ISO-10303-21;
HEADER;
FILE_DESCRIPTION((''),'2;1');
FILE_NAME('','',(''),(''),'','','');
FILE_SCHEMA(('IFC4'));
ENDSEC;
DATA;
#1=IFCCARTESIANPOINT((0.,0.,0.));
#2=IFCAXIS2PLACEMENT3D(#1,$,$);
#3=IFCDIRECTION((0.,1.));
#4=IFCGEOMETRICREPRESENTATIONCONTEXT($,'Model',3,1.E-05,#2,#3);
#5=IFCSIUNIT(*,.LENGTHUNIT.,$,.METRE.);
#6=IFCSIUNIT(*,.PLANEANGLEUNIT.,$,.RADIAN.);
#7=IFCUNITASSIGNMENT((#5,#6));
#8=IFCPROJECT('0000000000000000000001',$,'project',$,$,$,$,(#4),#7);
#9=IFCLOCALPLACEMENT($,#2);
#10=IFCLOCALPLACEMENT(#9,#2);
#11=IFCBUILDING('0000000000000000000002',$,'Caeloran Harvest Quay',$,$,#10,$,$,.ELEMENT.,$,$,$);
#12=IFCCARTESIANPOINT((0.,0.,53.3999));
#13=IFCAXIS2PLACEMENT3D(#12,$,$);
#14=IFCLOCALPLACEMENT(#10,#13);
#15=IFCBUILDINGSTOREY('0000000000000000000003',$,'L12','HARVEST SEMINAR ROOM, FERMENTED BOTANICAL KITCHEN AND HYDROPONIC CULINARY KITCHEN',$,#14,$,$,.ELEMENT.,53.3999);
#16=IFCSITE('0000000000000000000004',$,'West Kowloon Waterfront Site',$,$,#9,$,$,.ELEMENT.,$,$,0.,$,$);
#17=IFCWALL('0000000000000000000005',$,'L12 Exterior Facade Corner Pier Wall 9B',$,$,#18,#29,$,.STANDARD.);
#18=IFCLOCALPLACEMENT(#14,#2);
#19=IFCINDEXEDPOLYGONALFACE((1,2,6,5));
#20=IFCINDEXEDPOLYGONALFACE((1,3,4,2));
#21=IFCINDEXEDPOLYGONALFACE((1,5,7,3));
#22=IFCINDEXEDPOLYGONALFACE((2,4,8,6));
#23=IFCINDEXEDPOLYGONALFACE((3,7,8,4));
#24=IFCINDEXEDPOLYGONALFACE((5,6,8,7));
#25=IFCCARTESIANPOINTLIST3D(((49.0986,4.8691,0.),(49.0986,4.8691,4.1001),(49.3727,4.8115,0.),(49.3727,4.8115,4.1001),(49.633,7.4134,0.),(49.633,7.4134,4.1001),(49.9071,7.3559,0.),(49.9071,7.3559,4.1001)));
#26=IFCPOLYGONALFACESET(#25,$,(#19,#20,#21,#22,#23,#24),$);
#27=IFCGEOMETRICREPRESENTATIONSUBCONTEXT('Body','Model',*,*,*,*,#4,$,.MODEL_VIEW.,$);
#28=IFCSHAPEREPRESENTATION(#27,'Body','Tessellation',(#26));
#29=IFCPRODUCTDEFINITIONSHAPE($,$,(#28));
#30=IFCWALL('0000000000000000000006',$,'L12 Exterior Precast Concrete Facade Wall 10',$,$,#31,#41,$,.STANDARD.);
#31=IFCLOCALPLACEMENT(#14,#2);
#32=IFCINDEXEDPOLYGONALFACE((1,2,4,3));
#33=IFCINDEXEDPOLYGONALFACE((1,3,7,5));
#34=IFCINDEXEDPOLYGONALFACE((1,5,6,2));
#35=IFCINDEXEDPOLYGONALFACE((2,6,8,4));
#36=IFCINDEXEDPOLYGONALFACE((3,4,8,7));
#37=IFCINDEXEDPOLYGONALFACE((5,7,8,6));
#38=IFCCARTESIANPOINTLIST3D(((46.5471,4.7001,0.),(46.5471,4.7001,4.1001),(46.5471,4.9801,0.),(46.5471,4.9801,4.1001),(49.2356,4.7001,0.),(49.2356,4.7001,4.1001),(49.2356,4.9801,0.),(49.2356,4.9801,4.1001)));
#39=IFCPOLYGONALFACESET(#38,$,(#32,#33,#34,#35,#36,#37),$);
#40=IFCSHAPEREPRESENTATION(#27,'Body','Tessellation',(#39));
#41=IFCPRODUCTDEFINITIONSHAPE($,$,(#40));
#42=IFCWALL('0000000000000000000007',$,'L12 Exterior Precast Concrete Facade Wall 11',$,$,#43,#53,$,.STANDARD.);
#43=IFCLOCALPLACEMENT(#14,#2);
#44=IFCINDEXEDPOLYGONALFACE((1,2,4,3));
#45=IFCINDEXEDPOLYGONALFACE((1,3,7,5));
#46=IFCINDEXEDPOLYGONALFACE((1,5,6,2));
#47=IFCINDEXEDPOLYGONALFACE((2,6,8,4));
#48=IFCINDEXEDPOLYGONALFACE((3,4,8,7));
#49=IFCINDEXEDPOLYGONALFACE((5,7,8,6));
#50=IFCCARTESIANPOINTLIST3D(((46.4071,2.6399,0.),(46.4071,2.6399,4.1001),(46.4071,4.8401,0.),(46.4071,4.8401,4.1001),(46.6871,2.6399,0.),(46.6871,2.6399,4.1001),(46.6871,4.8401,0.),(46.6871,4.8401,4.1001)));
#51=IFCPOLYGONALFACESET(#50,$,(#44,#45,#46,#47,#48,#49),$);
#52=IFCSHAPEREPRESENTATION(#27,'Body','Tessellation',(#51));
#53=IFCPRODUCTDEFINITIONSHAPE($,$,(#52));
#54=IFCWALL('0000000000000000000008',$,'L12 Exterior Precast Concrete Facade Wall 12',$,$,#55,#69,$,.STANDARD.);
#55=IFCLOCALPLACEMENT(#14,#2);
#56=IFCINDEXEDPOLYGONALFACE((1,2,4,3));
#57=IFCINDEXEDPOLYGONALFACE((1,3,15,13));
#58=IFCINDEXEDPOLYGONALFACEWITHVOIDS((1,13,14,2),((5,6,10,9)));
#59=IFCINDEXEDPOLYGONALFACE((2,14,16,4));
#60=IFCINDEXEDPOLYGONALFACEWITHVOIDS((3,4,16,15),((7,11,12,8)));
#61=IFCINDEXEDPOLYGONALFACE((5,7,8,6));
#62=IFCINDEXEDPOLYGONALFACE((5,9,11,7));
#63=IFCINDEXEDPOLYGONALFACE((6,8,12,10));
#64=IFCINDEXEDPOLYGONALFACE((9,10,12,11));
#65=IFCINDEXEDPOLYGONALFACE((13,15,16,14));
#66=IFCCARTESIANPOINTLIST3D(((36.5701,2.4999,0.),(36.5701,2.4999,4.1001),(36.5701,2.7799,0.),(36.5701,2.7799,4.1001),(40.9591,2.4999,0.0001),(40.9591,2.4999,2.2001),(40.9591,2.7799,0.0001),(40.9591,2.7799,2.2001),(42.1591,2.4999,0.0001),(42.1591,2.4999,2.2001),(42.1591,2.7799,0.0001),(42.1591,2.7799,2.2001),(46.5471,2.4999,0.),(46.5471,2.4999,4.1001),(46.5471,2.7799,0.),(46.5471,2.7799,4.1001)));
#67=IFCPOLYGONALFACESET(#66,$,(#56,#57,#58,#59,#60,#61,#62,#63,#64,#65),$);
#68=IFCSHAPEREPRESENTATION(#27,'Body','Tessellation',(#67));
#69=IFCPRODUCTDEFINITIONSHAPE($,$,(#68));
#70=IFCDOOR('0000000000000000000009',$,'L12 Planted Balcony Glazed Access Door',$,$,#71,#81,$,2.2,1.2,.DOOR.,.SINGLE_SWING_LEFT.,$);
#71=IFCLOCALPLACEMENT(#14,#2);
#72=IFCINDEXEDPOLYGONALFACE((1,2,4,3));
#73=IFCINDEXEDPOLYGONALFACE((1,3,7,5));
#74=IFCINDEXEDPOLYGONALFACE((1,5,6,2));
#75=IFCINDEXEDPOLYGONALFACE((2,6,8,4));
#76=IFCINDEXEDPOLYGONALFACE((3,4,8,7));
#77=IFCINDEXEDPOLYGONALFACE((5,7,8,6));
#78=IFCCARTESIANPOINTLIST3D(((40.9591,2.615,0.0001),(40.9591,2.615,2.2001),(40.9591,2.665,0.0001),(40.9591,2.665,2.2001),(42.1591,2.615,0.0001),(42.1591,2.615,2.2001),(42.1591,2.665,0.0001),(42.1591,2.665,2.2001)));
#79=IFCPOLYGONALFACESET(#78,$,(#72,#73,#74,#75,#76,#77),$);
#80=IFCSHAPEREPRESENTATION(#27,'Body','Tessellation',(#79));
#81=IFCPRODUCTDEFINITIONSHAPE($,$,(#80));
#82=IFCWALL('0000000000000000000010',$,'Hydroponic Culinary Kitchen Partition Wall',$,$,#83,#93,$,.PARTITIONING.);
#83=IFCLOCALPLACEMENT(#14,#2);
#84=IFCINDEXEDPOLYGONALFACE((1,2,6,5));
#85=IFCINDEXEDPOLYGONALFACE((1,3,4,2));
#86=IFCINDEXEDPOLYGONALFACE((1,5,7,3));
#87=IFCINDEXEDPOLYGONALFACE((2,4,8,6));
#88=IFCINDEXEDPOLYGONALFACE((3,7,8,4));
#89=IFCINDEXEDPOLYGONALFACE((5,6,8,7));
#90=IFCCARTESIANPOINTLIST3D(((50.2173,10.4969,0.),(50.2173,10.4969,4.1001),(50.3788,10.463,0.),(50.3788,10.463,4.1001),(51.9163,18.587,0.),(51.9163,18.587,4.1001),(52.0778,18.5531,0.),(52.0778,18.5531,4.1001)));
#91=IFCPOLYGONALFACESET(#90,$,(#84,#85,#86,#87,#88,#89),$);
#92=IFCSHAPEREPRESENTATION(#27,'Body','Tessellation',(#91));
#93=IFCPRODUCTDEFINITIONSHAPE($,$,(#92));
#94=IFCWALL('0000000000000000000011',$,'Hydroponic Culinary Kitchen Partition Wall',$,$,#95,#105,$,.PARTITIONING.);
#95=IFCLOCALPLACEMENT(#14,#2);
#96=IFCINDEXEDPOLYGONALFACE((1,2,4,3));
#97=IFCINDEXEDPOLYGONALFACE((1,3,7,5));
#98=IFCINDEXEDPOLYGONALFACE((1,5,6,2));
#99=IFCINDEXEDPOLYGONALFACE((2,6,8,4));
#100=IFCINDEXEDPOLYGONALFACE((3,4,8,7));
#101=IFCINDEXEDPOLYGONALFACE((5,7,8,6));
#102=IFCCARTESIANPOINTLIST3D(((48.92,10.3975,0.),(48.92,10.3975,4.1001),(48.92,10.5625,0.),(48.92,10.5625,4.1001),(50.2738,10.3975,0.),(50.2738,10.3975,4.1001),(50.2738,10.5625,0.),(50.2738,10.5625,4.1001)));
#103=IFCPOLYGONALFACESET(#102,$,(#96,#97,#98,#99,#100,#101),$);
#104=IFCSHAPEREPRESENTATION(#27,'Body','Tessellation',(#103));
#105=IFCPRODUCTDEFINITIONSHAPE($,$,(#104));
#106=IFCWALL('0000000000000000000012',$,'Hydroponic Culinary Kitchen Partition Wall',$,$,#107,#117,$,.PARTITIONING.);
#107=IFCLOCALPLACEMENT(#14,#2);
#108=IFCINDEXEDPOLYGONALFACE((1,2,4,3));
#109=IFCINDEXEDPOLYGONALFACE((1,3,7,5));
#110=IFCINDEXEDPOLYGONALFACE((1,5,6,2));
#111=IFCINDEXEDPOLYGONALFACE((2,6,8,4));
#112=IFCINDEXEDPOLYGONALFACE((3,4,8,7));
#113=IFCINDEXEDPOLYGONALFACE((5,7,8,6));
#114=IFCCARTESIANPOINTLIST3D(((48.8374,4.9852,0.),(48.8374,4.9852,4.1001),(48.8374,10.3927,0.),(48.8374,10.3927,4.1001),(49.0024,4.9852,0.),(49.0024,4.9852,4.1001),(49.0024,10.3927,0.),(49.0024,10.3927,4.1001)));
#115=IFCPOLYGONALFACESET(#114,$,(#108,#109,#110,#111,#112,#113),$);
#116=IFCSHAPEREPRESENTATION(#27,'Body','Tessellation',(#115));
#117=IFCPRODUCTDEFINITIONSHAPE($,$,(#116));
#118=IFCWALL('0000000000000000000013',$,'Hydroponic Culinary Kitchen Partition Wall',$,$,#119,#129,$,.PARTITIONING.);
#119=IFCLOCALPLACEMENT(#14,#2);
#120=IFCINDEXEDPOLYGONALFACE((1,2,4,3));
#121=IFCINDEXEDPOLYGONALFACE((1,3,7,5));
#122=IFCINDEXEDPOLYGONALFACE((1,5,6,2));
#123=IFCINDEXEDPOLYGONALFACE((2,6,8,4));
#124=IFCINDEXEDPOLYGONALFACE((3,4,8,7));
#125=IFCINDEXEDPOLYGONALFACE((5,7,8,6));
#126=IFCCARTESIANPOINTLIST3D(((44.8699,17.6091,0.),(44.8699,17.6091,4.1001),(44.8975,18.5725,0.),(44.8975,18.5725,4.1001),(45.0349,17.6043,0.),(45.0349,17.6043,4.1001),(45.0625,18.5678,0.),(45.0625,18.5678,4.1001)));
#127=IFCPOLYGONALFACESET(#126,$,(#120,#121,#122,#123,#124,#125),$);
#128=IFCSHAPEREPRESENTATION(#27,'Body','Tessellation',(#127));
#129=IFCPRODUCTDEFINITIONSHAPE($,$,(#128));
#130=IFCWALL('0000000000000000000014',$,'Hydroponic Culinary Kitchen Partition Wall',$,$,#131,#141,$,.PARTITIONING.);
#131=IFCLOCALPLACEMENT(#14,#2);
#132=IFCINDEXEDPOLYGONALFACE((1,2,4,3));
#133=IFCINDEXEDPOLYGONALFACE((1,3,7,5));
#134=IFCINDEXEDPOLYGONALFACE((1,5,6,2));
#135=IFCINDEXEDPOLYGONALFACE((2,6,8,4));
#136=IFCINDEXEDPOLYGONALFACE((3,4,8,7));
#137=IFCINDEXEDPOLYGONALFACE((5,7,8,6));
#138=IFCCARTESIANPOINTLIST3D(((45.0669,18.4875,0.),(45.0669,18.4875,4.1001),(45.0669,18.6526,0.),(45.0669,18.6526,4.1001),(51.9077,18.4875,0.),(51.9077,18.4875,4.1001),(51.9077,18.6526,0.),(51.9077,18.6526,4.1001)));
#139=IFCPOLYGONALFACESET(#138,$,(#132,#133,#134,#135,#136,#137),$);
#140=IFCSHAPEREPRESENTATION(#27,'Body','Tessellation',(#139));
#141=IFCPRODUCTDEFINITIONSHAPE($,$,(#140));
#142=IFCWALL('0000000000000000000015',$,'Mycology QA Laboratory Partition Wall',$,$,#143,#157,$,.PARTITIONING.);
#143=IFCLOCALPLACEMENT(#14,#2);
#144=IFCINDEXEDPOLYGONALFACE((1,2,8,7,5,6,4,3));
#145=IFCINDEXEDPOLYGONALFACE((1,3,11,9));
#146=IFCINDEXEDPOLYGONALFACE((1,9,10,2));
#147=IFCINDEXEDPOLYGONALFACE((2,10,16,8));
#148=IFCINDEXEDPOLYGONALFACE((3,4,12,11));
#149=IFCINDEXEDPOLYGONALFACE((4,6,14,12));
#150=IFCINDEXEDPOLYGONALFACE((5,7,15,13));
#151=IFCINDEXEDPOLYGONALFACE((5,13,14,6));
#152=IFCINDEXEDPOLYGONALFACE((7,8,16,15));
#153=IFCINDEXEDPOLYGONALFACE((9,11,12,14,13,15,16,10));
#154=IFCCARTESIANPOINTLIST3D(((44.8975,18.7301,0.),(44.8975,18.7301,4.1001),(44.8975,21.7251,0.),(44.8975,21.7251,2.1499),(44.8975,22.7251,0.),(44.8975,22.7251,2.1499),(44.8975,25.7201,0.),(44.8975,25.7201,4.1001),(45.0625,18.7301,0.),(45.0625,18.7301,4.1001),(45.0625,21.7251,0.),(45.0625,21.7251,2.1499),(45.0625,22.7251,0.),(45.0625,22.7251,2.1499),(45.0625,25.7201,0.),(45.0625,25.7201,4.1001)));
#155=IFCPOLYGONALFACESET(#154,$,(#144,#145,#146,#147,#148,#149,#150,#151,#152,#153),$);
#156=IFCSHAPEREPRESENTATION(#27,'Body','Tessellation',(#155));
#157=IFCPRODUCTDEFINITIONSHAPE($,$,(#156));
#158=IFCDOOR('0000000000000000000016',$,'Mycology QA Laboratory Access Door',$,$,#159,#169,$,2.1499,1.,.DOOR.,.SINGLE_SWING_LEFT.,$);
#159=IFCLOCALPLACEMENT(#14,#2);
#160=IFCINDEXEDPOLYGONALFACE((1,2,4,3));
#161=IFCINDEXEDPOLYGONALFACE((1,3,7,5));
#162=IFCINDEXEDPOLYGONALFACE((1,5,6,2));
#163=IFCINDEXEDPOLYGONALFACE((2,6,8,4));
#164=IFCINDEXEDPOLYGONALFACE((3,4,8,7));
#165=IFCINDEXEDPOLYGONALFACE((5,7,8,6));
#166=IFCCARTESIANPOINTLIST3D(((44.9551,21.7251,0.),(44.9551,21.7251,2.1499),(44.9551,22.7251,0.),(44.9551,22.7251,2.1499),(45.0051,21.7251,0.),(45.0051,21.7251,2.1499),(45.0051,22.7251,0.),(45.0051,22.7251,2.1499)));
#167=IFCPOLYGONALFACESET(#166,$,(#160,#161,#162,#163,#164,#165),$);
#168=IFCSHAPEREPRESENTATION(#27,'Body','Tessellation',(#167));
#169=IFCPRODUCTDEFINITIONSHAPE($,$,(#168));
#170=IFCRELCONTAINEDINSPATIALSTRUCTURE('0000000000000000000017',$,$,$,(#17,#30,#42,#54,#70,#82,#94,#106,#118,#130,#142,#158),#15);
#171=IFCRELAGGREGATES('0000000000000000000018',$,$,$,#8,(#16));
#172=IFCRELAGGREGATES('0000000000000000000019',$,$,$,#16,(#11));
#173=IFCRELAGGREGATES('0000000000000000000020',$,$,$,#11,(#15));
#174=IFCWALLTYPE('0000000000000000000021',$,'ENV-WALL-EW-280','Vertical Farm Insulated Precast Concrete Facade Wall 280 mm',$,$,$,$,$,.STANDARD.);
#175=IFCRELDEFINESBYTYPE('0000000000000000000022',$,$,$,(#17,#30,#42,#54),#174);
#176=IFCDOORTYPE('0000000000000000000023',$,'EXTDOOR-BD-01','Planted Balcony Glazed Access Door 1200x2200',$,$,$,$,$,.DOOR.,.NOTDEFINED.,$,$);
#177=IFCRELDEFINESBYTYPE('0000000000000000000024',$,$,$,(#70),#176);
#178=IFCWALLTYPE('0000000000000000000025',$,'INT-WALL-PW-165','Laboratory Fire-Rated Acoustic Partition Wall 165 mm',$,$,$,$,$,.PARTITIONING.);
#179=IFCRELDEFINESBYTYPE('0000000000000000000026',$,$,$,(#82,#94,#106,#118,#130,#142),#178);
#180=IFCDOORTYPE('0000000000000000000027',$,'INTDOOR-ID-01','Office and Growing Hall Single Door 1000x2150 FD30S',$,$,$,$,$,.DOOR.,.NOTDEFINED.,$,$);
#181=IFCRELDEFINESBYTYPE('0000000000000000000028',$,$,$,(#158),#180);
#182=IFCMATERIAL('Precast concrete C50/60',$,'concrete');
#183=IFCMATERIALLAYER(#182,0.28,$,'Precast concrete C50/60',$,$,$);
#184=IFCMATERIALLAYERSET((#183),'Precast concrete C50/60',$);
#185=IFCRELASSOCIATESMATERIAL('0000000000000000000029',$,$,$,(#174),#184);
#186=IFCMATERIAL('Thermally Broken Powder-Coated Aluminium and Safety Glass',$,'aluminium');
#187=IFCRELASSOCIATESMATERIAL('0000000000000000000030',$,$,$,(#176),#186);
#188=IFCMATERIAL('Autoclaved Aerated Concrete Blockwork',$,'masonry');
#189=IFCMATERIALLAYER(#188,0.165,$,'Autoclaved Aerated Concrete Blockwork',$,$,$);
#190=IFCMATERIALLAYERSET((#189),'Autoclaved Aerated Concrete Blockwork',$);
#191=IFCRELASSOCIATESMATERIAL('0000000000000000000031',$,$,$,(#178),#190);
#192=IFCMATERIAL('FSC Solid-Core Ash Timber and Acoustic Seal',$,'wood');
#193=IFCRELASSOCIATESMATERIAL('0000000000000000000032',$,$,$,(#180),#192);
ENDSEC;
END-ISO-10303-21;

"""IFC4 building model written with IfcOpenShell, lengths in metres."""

from ifc_helpers import new_model, si_unit, direction, frame, frame_2d, origin, place, context, subcontext, project, spatial, rectangle, extrude, material, layer, layer_set, type_object, element, fill, save


model = new_model("IFC4")

# Units and contexts
model_context = context("Model", 3, precision=1e-05, world=origin(), true_north=direction((0.0, 1.0)))
body_context = subcontext(model_context, "Body", "Model", "MODEL_VIEW")
ifc_project = project(units=[si_unit("LENGTHUNIT", "METRE"), si_unit("PLANEANGLEUNIT", "RADIAN")], contexts=[model_context])

# Site, building, storey
site_placement = place(None, origin())
site = spatial("IfcSite", under=ifc_project, at=site_placement, Name="West Kowloon Waterfront Site", CompositionType="ELEMENT", RefElevation=0.0)
building_placement = place(site_placement, origin())
building = spatial("IfcBuilding", under=site, at=building_placement, Name="Caeloran Harvest Quay", CompositionType="ELEMENT")
storey_placement = place(building_placement, frame((0.0, 0.0, 53.3999)))
storey = spatial("IfcBuildingStorey", under=building, at=storey_placement, Name="L12", Description="HARVEST SEMINAR ROOM, FERMENTED BOTANICAL KITCHEN AND HYDROPONIC CULINARY KITCHEN", CompositionType="ELEMENT", Elevation=53.3999)

# Shared definitions
ifc_material_1 = material(Name="Precast concrete C50/60", Category="concrete")

# Walls
ifc_layer_1 = layer(ifc_material_1, 0.28, Name="Precast concrete C50/60")
ifc_layer_set_1 = layer_set([ifc_layer_1], Name="Precast concrete C50/60")
wall_type_1 = type_object("IfcWallType", Name="ENV-WALL-EW-280", Description="Vertical Farm Insulated Precast Concrete Facade Wall 280 mm", PredefinedType="STANDARD", material=ifc_layer_set_1)
wall_1_placement = place(storey_placement, frame((49.77, 7.3845, 0.0), z_axis=(0.0, 0.0, 1.0), x_axis=(-0.205551, -0.978646, 0.0)))
element("IfcWall", 1, at=wall_1_placement, inside=storey, type_object=wall_type_1, Name="L12 Exterior Facade Corner Pier Wall 9B", PredefinedType="STANDARD", context=body_context, shape_type="SweptSolid", body=[
    extrude(rectangle(XDim=2.5999, YDim=0.28, at=frame_2d((1.2998, 0.0))), origin(), (0.0, 0.0, 1.0), 4.1001),
])
wall_2_placement = place(storey_placement, frame((49.2356, 4.8401, 0.0), z_axis=(0.0, 0.0, 1.0), x_axis=(-1.0, 0.0, 0.0)))
element("IfcWall", 2, at=wall_2_placement, inside=storey, type_object=wall_type_1, Name="L12 Exterior Precast Concrete Facade Wall 10", PredefinedType="STANDARD", context=body_context, shape_type="SweptSolid", body=[
    extrude(rectangle(XDim=2.6885, YDim=0.28, at=frame_2d((1.3442, 0.0))), origin(), (0.0, 0.0, 1.0), 4.1001),
])
wall_3_placement = place(storey_placement, frame((46.5471, 4.8401, 0.0), z_axis=(0.0, 0.0, 1.0), x_axis=(0.0, -1.0, 0.0)))
element("IfcWall", 3, at=wall_3_placement, inside=storey, type_object=wall_type_1, Name="L12 Exterior Precast Concrete Facade Wall 11", PredefinedType="STANDARD", context=body_context, shape_type="SweptSolid", body=[
    extrude(rectangle(XDim=2.2002, YDim=0.28, at=frame_2d((1.1001, 0.0))), origin(), (0.0, 0.0, 1.0), 4.1001),
])

# Wall, opening, door
wall_4_placement = place(storey_placement, frame((46.5471, 2.6399, 0.0), z_axis=(0.0, 0.0, 1.0), x_axis=(-1.0, 0.0, 0.0)))
wall_4 = element("IfcWall", 4, at=wall_4_placement, inside=storey, type_object=wall_type_1, Name="L12 Exterior Precast Concrete Facade Wall 12", PredefinedType="STANDARD", context=body_context, shape_type="SweptSolid", body=[
    extrude(rectangle(XDim=9.9771, YDim=0.28, at=frame_2d((4.9885, 0.0))), origin(), (0.0, 0.0, 1.0), 4.1001),
])
opening_1_placement = place(wall_4_placement, frame((4.3879, 0.0, 0.0)))
opening_1 = element("IfcOpeningElement", 5, at=opening_1_placement, cuts=wall_4, PredefinedType="OPENING", context=body_context, shape_type="SweptSolid", body=[
    extrude(rectangle(XDim=1.2, YDim=2.2, at=frame_2d((0.6001, 1.1001))), frame((0.0, 0.1499, 0.0), z_axis=(0.0, -1.0, 0.0), x_axis=(1.0, 0.0, 0.0)), (0.0, 0.0, 1.0), 0.3),
])
ifc_material_2 = material(Name="Thermally Broken Powder-Coated Aluminium and Safety Glass", Category="aluminium")
door_type_1 = type_object("IfcDoorType", Name="EXTDOOR-BD-01", Description="Planted Balcony Glazed Access Door 1200x2200", OperationType="NOTDEFINED", PredefinedType="DOOR", material=ifc_material_2)
door_1_placement = place(opening_1_placement, origin())
door_1 = element("IfcDoor", 6, at=door_1_placement, inside=storey, type_object=door_type_1, Name="L12 Planted Balcony Glazed Access Door", OperationType="SINGLE_SWING_LEFT", OverallHeight=2.2, OverallWidth=1.2, PredefinedType="DOOR", context=body_context, shape_type="SweptSolid", body=[
    extrude(rectangle(XDim=1.2, YDim=2.2, at=frame_2d((0.6001, 1.1001))), frame((0.0, 0.0249, 0.0), z_axis=(0.0, -1.0, 0.0), x_axis=(1.0, 0.0, 0.0)), (0.0, 0.0, 1.0), 0.05),
])
fill(opening_1, door_1)

# Walls
ifc_material_3 = material(Name="Autoclaved Aerated Concrete Blockwork", Category="masonry")
ifc_layer_2 = layer(ifc_material_3, 0.165, Name="Autoclaved Aerated Concrete Blockwork")
ifc_layer_set_2 = layer_set([ifc_layer_2], Name="Autoclaved Aerated Concrete Blockwork")
wall_type_2 = type_object("IfcWallType", Name="INT-WALL-PW-165", Description="Laboratory Fire-Rated Acoustic Partition Wall 165 mm", PredefinedType="PARTITIONING", material=ifc_layer_set_2)
wall_5_placement = place(storey_placement, frame((51.9971, 18.5701, 0.0), z_axis=(0.0, 0.0, 1.0), x_axis=(-0.205524, -0.978652, 0.0)))
element("IfcWall", 7, at=wall_5_placement, inside=storey, type_object=wall_type_2, Name="Hydroponic Culinary Kitchen Partition Wall", PredefinedType="PARTITIONING", context=body_context, shape_type="SweptSolid", body=[
    extrude(rectangle(XDim=8.2666, YDim=0.165, at=frame_2d((4.1333, 0.0))), origin(), (0.0, 0.0, 1.0), 4.1001),
])
wall_6_placement = place(storey_placement, frame((50.2737, 10.48, 0.0), z_axis=(0.0, 0.0, 1.0), x_axis=(-1.0, 0.0, 0.0)))
element("IfcWall", 8, at=wall_6_placement, inside=storey, type_object=wall_type_2, Name="Hydroponic Culinary Kitchen Partition Wall", PredefinedType="PARTITIONING", context=body_context, shape_type="SweptSolid", body=[
    extrude(rectangle(XDim=1.3538, YDim=0.165, at=frame_2d((0.6768, 0.0))), origin(), (0.0, 0.0, 1.0), 4.1001),
])
wall_7_placement = place(storey_placement, frame((48.9199, 10.3926, 0.0), z_axis=(0.0, 0.0, 1.0), x_axis=(0.0, -1.0, 0.0)))
element("IfcWall", 9, at=wall_7_placement, inside=storey, type_object=wall_type_2, Name="Hydroponic Culinary Kitchen Partition Wall", PredefinedType="PARTITIONING", context=body_context, shape_type="SweptSolid", body=[
    extrude(rectangle(XDim=5.4075, YDim=0.165, at=frame_2d((2.7036, 0.0))), origin(), (0.0, 0.0, 1.0), 4.1001),
])
wall_8_placement = place(storey_placement, frame((44.9524, 17.6067, 0.0), z_axis=(0.0, 0.0, 1.0), x_axis=(0.028625, 0.99959, 0.0)))
element("IfcWall", 10, at=wall_8_placement, inside=storey, type_object=wall_type_2, Name="Hydroponic Culinary Kitchen Partition Wall", PredefinedType="PARTITIONING", context=body_context, shape_type="SweptSolid", body=[
    extrude(rectangle(XDim=0.9639, YDim=0.165, at=frame_2d((0.4819, 0.0))), origin(), (0.0, 0.0, 1.0), 4.1001),
])
wall_9_placement = place(storey_placement, frame((45.0669, 18.5701, 0.0), z_axis=(0.0, 0.0, 1.0), x_axis=(1.0, 0.0, 0.0)))
element("IfcWall", 11, at=wall_9_placement, inside=storey, type_object=wall_type_2, Name="Hydroponic Culinary Kitchen Partition Wall", PredefinedType="PARTITIONING", context=body_context, shape_type="SweptSolid", body=[
    extrude(rectangle(XDim=6.8408, YDim=0.165, at=frame_2d((3.4204, 0.0))), origin(), (0.0, 0.0, 1.0), 4.1001),
])

# Wall, opening, door
wall_10_placement = place(storey_placement, frame((44.98, 18.73, 0.0), z_axis=(0.0, 0.0, 1.0), x_axis=(0.0, 1.0, 0.0)))
wall_10 = element("IfcWall", 12, at=wall_10_placement, inside=storey, type_object=wall_type_2, Name="Mycology QA Laboratory Partition Wall", PredefinedType="PARTITIONING", context=body_context, shape_type="SweptSolid", body=[
    extrude(rectangle(XDim=6.99, YDim=0.165, at=frame_2d((3.4951, 0.0))), origin(), (0.0, 0.0, 1.0), 4.1001),
])
opening_2_placement = place(wall_10_placement, frame((2.9951, 0.0, 0.0)))
opening_2 = element("IfcOpeningElement", 13, at=opening_2_placement, cuts=wall_10, PredefinedType="OPENING", context=body_context, shape_type="SweptSolid", body=[
    extrude(rectangle(XDim=1.0, YDim=2.1499, at=frame_2d((0.5, 1.075))), frame((0.0, 0.0925, 0.0), z_axis=(0.0, -1.0, 0.0), x_axis=(1.0, 0.0, 0.0)), (0.0, 0.0, 1.0), 0.1851),
])
ifc_material_4 = material(Name="FSC Solid-Core Ash Timber and Acoustic Seal", Category="wood")
door_type_2 = type_object("IfcDoorType", Name="INTDOOR-ID-01", Description="Office and Growing Hall Single Door 1000x2150 FD30S", OperationType="NOTDEFINED", PredefinedType="DOOR", material=ifc_material_4)
door_2_placement = place(opening_2_placement, origin())
door_2 = element("IfcDoor", 14, at=door_2_placement, inside=storey, type_object=door_type_2, Name="Mycology QA Laboratory Access Door", OperationType="SINGLE_SWING_LEFT", OverallHeight=2.1499, OverallWidth=1.0, PredefinedType="DOOR", context=body_context, shape_type="SweptSolid", body=[
    extrude(rectangle(XDim=1.0, YDim=2.1499, at=frame_2d((0.5, 1.075))), frame((0.0, 0.0249, 0.0), z_axis=(0.0, -1.0, 0.0), x_axis=(1.0, 0.0, 0.0)), (0.0, 0.0, 1.0), 0.05),
])
fill(opening_2, door_2)

save(model, "model.ifc")
